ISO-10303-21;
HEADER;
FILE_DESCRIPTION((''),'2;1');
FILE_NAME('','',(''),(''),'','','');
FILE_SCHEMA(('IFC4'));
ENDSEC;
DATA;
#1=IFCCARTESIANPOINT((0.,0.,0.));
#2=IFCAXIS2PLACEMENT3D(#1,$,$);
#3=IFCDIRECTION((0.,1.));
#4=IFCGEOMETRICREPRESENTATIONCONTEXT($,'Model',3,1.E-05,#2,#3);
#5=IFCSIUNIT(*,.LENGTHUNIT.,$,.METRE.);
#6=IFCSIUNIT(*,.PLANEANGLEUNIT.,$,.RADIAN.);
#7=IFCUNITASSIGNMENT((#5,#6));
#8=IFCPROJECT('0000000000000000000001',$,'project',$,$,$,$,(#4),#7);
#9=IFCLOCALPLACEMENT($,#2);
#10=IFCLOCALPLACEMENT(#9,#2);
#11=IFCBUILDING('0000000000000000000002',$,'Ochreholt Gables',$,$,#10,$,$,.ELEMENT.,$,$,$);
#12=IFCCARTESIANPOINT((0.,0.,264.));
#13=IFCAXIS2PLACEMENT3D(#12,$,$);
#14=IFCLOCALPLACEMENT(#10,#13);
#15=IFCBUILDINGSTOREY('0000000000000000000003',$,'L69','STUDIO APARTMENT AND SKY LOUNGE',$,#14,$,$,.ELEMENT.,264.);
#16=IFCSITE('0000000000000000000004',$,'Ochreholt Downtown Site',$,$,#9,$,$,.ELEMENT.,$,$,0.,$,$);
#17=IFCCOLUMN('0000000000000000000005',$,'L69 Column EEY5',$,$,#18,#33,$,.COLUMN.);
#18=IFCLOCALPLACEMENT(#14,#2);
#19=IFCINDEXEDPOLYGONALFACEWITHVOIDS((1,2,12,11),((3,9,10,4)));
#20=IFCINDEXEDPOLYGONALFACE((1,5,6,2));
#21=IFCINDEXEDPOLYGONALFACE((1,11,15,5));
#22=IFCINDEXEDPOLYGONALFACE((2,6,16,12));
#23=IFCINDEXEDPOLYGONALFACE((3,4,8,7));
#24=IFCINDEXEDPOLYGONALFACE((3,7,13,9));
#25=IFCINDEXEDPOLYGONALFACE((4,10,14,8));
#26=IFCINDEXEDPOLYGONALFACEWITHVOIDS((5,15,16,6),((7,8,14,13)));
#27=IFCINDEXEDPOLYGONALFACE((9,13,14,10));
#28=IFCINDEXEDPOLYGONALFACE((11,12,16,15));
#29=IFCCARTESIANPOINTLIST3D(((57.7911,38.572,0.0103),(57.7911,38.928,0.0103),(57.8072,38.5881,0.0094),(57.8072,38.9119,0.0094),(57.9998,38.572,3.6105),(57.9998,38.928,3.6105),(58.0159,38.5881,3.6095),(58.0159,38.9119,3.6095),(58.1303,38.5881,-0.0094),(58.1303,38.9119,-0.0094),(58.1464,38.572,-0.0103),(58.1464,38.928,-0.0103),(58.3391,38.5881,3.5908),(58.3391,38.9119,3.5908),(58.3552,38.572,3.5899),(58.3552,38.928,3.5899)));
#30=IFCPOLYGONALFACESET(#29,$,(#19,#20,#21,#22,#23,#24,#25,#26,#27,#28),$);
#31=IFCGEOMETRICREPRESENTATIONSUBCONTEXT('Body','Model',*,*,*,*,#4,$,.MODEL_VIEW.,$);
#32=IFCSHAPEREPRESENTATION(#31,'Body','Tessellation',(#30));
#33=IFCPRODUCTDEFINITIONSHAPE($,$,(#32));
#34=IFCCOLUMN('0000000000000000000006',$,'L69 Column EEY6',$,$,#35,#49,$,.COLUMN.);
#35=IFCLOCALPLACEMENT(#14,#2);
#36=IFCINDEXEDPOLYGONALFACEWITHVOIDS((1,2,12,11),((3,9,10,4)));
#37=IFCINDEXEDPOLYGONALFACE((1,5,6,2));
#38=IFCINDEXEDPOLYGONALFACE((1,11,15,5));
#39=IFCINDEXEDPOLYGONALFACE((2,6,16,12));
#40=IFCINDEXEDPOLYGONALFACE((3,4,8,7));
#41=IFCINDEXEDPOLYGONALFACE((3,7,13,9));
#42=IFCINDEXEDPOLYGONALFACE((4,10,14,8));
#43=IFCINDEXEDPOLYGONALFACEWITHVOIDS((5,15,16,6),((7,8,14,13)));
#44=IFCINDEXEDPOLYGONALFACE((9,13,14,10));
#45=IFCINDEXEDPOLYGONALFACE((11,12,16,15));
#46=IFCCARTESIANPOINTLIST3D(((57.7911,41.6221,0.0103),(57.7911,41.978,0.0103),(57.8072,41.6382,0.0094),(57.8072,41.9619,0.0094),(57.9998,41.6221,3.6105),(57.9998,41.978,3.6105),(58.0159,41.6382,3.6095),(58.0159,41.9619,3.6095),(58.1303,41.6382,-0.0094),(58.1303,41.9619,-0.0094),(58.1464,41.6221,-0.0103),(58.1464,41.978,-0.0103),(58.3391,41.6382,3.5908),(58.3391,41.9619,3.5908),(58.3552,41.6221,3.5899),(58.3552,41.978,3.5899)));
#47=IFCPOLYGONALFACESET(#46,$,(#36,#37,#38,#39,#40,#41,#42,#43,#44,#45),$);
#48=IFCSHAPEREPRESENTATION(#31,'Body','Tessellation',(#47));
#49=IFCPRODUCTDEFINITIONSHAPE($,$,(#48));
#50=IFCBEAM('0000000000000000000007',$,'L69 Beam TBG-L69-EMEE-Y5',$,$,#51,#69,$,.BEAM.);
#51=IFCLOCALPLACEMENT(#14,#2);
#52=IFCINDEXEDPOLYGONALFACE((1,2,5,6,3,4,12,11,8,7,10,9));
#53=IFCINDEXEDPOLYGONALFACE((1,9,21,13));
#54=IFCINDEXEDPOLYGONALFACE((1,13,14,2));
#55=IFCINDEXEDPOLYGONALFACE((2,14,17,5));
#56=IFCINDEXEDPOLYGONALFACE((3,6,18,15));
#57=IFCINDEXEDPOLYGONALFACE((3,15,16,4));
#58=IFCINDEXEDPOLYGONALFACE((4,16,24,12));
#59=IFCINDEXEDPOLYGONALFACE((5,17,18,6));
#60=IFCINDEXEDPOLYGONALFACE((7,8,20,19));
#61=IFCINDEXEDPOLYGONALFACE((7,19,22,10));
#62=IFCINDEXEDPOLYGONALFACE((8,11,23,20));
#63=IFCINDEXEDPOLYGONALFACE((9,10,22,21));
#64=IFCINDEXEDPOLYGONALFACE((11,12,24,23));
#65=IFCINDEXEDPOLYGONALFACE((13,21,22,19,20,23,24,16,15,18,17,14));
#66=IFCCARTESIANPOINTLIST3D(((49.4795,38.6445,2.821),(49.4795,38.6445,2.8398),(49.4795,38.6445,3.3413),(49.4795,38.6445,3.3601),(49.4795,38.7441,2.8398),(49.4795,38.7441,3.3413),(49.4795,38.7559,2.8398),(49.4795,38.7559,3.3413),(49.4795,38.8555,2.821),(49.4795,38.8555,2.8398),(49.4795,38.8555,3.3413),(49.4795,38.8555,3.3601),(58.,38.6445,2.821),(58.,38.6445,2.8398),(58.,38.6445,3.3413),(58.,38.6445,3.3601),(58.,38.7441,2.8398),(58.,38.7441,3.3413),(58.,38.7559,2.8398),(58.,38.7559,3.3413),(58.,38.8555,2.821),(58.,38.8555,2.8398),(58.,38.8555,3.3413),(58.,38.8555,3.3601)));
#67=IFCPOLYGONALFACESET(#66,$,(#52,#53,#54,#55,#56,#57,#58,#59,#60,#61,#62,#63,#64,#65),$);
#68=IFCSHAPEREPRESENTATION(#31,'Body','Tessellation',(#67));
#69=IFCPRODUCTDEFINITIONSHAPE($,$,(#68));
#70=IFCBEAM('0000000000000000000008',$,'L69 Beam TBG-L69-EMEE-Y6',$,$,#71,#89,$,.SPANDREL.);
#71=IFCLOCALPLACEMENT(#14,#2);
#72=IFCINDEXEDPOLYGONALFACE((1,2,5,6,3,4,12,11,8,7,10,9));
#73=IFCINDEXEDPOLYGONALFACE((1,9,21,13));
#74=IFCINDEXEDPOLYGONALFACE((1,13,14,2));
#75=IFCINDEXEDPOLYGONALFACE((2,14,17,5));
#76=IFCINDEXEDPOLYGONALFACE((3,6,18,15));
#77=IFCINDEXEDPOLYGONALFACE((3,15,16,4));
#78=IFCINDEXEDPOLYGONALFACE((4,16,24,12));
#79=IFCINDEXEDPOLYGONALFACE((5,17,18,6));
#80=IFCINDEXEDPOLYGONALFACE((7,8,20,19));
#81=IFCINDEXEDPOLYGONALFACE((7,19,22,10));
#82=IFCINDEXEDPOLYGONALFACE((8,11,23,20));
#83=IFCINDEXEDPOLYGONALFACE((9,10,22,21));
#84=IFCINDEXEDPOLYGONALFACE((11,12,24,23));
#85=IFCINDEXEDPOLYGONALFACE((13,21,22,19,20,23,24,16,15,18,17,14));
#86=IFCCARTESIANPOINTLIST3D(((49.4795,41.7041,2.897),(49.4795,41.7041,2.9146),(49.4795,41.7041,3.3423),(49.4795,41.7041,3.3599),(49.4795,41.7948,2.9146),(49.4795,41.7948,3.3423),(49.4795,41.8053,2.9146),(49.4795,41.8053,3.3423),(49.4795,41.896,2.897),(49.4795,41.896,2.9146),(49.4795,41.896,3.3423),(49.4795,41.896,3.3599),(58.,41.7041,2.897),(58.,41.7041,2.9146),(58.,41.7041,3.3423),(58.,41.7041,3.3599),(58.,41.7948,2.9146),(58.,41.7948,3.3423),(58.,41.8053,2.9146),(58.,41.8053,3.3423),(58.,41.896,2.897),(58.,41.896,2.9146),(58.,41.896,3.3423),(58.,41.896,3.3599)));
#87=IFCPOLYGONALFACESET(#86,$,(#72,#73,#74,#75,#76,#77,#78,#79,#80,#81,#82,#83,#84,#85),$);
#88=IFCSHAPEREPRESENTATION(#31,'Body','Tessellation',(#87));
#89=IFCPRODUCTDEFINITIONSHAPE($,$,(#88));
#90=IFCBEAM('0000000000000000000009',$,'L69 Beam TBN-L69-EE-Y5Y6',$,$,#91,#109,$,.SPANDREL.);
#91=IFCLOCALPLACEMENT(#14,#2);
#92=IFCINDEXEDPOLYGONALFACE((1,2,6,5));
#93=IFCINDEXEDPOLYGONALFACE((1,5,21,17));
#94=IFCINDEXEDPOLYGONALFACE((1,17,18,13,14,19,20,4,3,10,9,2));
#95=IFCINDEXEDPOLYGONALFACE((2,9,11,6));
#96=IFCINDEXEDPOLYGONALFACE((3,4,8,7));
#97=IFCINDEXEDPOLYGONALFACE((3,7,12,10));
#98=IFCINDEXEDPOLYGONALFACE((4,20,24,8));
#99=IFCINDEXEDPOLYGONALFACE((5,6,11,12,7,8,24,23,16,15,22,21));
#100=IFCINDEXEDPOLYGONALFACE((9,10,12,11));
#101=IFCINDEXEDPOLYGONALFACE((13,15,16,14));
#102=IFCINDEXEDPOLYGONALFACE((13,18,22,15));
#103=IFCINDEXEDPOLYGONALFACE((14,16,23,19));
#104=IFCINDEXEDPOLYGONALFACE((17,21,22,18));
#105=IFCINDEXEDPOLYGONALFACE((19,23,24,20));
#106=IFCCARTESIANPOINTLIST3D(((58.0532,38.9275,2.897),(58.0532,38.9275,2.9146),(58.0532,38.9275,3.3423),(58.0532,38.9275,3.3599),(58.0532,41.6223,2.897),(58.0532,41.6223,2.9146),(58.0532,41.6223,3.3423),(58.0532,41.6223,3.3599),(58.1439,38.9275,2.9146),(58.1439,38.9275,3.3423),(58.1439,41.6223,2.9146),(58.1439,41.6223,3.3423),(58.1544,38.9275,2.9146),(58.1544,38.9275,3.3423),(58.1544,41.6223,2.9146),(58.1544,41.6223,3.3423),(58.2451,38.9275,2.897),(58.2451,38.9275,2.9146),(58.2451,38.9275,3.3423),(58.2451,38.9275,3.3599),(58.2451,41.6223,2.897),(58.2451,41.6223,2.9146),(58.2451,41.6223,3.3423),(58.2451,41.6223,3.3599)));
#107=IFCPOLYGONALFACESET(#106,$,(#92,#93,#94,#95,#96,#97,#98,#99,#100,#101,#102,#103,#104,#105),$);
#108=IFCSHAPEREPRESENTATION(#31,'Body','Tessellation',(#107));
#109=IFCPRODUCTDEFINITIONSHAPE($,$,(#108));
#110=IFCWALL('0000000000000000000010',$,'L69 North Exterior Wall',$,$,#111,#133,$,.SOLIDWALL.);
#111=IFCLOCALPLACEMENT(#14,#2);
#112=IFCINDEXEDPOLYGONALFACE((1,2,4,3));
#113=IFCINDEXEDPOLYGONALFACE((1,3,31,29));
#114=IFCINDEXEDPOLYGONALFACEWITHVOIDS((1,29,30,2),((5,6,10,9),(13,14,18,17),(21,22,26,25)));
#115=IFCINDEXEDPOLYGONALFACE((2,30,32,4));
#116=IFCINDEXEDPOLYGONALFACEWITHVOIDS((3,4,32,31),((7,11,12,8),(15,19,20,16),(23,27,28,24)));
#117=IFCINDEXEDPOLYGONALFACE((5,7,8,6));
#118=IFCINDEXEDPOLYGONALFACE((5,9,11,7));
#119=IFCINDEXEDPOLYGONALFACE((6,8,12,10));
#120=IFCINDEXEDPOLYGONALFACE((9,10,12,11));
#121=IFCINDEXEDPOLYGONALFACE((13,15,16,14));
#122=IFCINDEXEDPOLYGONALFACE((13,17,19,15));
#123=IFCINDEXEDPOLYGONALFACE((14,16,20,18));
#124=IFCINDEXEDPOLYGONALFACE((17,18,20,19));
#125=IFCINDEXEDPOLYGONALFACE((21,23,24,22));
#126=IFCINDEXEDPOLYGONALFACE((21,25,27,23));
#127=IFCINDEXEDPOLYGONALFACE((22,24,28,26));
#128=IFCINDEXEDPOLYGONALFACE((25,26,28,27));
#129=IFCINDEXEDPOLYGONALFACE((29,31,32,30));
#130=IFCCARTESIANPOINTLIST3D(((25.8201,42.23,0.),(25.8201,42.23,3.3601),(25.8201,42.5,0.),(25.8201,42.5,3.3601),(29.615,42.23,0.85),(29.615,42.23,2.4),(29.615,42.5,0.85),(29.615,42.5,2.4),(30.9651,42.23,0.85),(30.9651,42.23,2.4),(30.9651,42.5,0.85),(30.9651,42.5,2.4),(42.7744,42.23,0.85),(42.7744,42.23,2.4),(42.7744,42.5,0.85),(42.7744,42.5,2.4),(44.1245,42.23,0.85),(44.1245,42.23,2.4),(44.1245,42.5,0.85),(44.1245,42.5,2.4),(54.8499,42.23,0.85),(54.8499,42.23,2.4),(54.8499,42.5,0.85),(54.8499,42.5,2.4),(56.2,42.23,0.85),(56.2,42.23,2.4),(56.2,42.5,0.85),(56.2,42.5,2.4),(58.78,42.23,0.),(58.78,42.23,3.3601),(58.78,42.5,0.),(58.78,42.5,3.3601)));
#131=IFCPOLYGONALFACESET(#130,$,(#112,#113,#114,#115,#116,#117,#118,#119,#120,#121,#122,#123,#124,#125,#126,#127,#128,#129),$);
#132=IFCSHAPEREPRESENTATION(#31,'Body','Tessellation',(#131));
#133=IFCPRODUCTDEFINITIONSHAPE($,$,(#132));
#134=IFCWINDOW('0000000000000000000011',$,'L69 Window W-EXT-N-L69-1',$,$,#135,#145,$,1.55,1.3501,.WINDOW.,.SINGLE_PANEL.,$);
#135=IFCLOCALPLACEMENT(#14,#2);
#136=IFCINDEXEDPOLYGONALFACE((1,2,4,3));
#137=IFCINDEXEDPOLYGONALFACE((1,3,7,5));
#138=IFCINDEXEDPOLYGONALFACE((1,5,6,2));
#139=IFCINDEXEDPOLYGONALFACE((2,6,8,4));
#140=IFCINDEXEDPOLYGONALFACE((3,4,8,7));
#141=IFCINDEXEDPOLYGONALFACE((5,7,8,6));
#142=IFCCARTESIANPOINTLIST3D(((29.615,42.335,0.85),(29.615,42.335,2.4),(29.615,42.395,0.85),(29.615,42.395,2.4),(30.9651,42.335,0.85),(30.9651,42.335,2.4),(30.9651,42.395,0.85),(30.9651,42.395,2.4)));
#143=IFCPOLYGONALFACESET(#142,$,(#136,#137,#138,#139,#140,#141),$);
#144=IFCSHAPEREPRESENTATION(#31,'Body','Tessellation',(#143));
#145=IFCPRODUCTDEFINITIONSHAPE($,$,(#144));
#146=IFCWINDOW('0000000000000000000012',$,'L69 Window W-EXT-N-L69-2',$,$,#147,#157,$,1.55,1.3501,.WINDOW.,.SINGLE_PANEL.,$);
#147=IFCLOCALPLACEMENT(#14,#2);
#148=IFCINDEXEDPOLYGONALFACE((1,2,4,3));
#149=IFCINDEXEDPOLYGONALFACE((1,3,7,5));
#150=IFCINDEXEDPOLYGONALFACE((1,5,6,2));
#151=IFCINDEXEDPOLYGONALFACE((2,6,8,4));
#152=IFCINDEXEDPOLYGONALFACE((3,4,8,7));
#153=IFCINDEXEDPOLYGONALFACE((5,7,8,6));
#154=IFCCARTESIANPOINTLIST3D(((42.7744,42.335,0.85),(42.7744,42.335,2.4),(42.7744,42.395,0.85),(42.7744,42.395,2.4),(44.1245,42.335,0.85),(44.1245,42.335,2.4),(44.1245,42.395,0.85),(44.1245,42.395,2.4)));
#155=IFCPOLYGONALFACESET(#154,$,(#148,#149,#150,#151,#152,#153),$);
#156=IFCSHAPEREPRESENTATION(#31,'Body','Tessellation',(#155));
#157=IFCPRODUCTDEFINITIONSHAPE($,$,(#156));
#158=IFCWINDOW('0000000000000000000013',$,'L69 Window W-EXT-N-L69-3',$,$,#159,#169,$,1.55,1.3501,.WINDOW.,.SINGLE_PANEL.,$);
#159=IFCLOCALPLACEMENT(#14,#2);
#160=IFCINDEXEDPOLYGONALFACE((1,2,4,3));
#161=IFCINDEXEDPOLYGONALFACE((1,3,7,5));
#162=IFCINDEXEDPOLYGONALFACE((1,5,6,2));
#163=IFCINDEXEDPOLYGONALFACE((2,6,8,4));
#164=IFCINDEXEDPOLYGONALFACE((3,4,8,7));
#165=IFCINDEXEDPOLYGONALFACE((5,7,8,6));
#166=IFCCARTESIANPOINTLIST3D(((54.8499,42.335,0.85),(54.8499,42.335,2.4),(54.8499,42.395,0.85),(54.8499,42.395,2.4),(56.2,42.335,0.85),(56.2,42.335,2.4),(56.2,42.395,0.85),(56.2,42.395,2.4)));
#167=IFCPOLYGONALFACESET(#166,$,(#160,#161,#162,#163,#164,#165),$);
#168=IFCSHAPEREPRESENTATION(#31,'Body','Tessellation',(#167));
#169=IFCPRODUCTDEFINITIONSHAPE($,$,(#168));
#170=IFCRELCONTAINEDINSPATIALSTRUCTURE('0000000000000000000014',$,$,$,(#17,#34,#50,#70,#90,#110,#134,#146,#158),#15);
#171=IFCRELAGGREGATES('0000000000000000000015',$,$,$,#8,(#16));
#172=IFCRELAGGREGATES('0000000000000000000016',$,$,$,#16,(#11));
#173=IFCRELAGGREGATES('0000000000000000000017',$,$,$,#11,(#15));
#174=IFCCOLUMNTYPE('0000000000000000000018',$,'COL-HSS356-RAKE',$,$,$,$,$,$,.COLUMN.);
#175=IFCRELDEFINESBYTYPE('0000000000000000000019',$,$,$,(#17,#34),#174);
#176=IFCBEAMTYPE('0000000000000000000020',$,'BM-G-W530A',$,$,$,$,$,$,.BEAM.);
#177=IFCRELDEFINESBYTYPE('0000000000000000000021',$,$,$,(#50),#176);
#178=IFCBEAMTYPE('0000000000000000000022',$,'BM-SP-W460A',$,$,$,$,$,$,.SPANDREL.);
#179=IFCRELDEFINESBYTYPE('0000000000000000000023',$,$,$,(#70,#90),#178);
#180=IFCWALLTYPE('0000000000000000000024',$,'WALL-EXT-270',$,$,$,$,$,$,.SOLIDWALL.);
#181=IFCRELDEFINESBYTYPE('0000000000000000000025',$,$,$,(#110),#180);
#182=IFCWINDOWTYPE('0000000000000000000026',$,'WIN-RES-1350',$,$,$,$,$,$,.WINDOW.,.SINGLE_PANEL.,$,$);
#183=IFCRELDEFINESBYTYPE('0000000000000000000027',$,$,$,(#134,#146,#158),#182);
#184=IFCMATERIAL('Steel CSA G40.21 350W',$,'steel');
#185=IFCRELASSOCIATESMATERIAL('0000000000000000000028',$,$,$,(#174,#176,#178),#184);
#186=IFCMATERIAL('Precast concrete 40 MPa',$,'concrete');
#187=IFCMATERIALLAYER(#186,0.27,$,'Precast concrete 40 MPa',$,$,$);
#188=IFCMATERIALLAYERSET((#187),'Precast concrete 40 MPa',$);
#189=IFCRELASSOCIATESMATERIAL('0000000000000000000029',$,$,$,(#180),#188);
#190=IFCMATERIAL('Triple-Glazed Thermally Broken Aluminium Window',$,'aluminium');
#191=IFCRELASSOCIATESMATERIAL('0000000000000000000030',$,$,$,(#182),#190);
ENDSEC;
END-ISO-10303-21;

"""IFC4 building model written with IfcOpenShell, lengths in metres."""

from ifc_helpers import new_model, si_unit, direction, frame, frame_2d, origin, origin_2d, place, context, subcontext, project, spatial, rectangle, hollow_rectangle, i_section, extrude, material, layer, layer_set, material_profile, profile_set, type_object, element, fill, save


model = new_model("IFC4")

# Units and contexts
model_context = context("Model", 3, precision=1e-05, world=origin(), true_north=direction((0.0, 1.0)))
body_context = subcontext(model_context, "Body", "Model", "MODEL_VIEW")
ifc_project = project(units=[si_unit("LENGTHUNIT", "METRE"), si_unit("PLANEANGLEUNIT", "RADIAN")], contexts=[model_context])

# Site, building, storey
site_placement = place(None, origin())
site = spatial("IfcSite", under=ifc_project, at=site_placement, Name="Ochreholt Downtown Site", CompositionType="ELEMENT", RefElevation=0.0)
building_placement = place(site_placement, origin())
building = spatial("IfcBuilding", under=site, at=building_placement, Name="Ochreholt Gables", CompositionType="ELEMENT")
storey_placement = place(building_placement, frame((0.0, 0.0, 264.0)))
storey = spatial("IfcBuildingStorey", under=building, at=storey_placement, Name="L69", Description="STUDIO APARTMENT AND SKY LOUNGE", CompositionType="ELEMENT", Elevation=264.0)

# Columns
ifc_material_1 = material(Name="Steel CSA G40.21 350W", Category="steel")
ifc_material_profile_1 = material_profile(ifc_material_1, hollow_rectangle(XDim=0.356, YDim=0.356, WallThickness=0.0161, at=origin_2d()), Name="HSS356X356X16")
ifc_profile_set_1 = profile_set([ifc_material_profile_1], Name="Steel CSA G40.21 350W")
column_type = type_object("IfcColumnType", Name="COL-HSS356-RAKE", PredefinedType="COLUMN", material=ifc_profile_set_1)
for number, where, z_axis, x_axis, name in (
    (1, (57.9688, 38.75, 0.0), (0.057885, 0.0, 0.998323), (0.0, 1.0, 0.0), "L69 Column EEY5"),
    (2, (57.9688, 41.8, 0.0), (0.057885, 0.0, 0.998323), (0.0, 1.0, 0.0), "L69 Column EEY6"),
):
    element("IfcColumn", number, at=place(storey_placement, frame(where, z_axis=z_axis, x_axis=x_axis)), inside=storey, type_object=column_type, Name=name, PredefinedType="COLUMN", context=body_context, shape_type="SweptSolid", body=[
        extrude(hollow_rectangle(XDim=0.356, YDim=0.356, WallThickness=0.0161, at=origin_2d()), origin(), (0.0, 0.0, 1.0), 3.6062),
    ])

# Beams
ifc_material_profile_2 = material_profile(ifc_material_1, i_section(OverallWidth=0.2109, OverallDepth=0.5391, WebThickness=0.0117, FlangeThickness=0.0188, at=origin_2d()), Name="W530X109")
ifc_profile_set_2 = profile_set([ifc_material_profile_2], Name="Steel CSA G40.21 350W")
beam_type_1 = type_object("IfcBeamType", Name="BM-G-W530A", PredefinedType="BEAM", material=ifc_profile_set_2)
beam_1_placement = place(storey_placement, frame((49.4795, 38.75, 3.0906), z_axis=(1.0, 0.0, 0.0), x_axis=(0.0, 1.0, 0.0)))
element("IfcBeam", 3, at=beam_1_placement, inside=storey, type_object=beam_type_1, Name="L69 Beam TBG-L69-EMEE-Y5", PredefinedType="BEAM", context=body_context, shape_type="SweptSolid", body=[
    extrude(i_section(OverallWidth=0.2109, OverallDepth=0.5391, WebThickness=0.0117, FlangeThickness=0.0188, at=origin_2d()), origin(), (0.0, 0.0, 1.0), 8.5205),
])
ifc_material_profile_3 = material_profile(ifc_material_1, i_section(OverallWidth=0.1919, OverallDepth=0.4629, WebThickness=0.0105, FlangeThickness=0.0176, at=origin_2d()), Name="W460X89")
ifc_profile_set_3 = profile_set([ifc_material_profile_3], Name="Steel CSA G40.21 350W")
beam_type_2 = type_object("IfcBeamType", Name="BM-SP-W460A", PredefinedType="SPANDREL", material=ifc_profile_set_3)
beam_2_placement = place(storey_placement, frame((49.4795, 41.8, 3.1284), z_axis=(1.0, 0.0, 0.0), x_axis=(0.0, 1.0, 0.0)))
element("IfcBeam", 4, at=beam_2_placement, inside=storey, type_object=beam_type_2, Name="L69 Beam TBG-L69-EMEE-Y6", PredefinedType="SPANDREL", context=body_context, shape_type="SweptSolid", body=[
    extrude(i_section(OverallWidth=0.1919, OverallDepth=0.4629, WebThickness=0.0105, FlangeThickness=0.0176, at=origin_2d()), origin(), (0.0, 0.0, 1.0), 8.5205),
])
beam_3_placement = place(storey_placement, frame((58.1492, 38.9275, 3.1284), z_axis=(0.0, 1.0, 0.0), x_axis=(-1.0, 0.0, 0.0)))
element("IfcBeam", 5, at=beam_3_placement, inside=storey, type_object=beam_type_2, Name="L69 Beam TBN-L69-EE-Y5Y6", PredefinedType="SPANDREL", context=body_context, shape_type="SweptSolid", body=[
    extrude(i_section(OverallWidth=0.1919, OverallDepth=0.4629, WebThickness=0.0105, FlangeThickness=0.0176, at=origin_2d()), origin(), (0.0, 0.0, 1.0), 2.6948),
])

# Wall, openings, windows
ifc_material_2 = material(Name="Precast concrete 40 MPa", Category="concrete")
ifc_layer_1 = layer(ifc_material_2, 0.27, Name="Precast concrete 40 MPa")
ifc_layer_set_1 = layer_set([ifc_layer_1], Name="Precast concrete 40 MPa")
wall_type_1 = type_object("IfcWallType", Name="WALL-EXT-270", PredefinedType="SOLIDWALL", material=ifc_layer_set_1)
wall_1_placement = place(storey_placement, frame((58.78, 42.365, 0.0), z_axis=(0.0, 0.0, 1.0), x_axis=(-1.0, 0.0, 0.0)))
wall_1 = element("IfcWall", 6, at=wall_1_placement, inside=storey, type_object=wall_type_1, Name="L69 North Exterior Wall", PredefinedType="SOLIDWALL", context=body_context, shape_type="SweptSolid", body=[
    extrude(rectangle(XDim=32.96, YDim=0.27, at=frame_2d((16.48, 0.0))), origin(), (0.0, 0.0, 1.0), 3.3601),
])
opening_1_placement = place(wall_1_placement, frame((27.8149, 0.0, 0.8501)))
opening_1 = element("IfcOpeningElement", 7, at=opening_1_placement, cuts=wall_1, PredefinedType="OPENING", context=body_context, shape_type="SweptSolid", body=[
    extrude(rectangle(XDim=1.3501, YDim=1.55, at=frame_2d((0.675, 0.7749))), frame((0.0, 0.145, 0.0), z_axis=(0.0, -1.0, 0.0), x_axis=(1.0, 0.0, 0.0)), (0.0, 0.0, 1.0), 0.29),
])
opening_2_placement = place(wall_1_placement, frame((14.6555, 0.0, 0.8501)))
opening_2 = element("IfcOpeningElement", 8, at=opening_2_placement, cuts=wall_1, PredefinedType="OPENING", context=body_context, shape_type="SweptSolid", body=[
    extrude(rectangle(XDim=1.3501, YDim=1.55, at=frame_2d((0.675, 0.7749))), frame((0.0, 0.145, 0.0), z_axis=(0.0, -1.0, 0.0), x_axis=(1.0, 0.0, 0.0)), (0.0, 0.0, 1.0), 0.29),
])
opening_3_placement = place(wall_1_placement, frame((2.5801, 0.0, 0.8501)))
opening_3 = element("IfcOpeningElement", 9, at=opening_3_placement, cuts=wall_1, PredefinedType="OPENING", context=body_context, shape_type="SweptSolid", body=[
    extrude(rectangle(XDim=1.3501, YDim=1.55, at=frame_2d((0.675, 0.7749))), frame((0.0, 0.145, 0.0), z_axis=(0.0, -1.0, 0.0), x_axis=(1.0, 0.0, 0.0)), (0.0, 0.0, 1.0), 0.29),
])
ifc_material_3 = material(Name="Triple-Glazed Thermally Broken Aluminium Window", Category="aluminium")
window_type_1 = type_object("IfcWindowType", Name="WIN-RES-1350", PartitioningType="SINGLE_PANEL", PredefinedType="WINDOW", material=ifc_material_3)
window_1_placement = place(opening_1_placement, origin())
window_1 = element("IfcWindow", 10, at=window_1_placement, inside=storey, type_object=window_type_1, Name="L69 Window W-EXT-N-L69-1", OverallHeight=1.55, OverallWidth=1.3501, PartitioningType="SINGLE_PANEL", PredefinedType="WINDOW", context=body_context, shape_type="SweptSolid", body=[
    extrude(rectangle(XDim=1.3501, YDim=1.55, at=frame_2d((0.675, 0.7749))), frame((0.0, 0.03, 0.0), z_axis=(0.0, -1.0, 0.0), x_axis=(1.0, 0.0, 0.0)), (0.0, 0.0, 1.0), 0.0601),
])
fill(opening_1, window_1)
window_2_placement = place(opening_2_placement, origin())
window_2 = element("IfcWindow", 11, at=window_2_placement, inside=storey, type_object=window_type_1, Name="L69 Window W-EXT-N-L69-2", OverallHeight=1.55, OverallWidth=1.3501, PartitioningType="SINGLE_PANEL", PredefinedType="WINDOW", context=body_context, shape_type="SweptSolid", body=[
    extrude(rectangle(XDim=1.3501, YDim=1.55, at=frame_2d((0.675, 0.7749))), frame((0.0, 0.03, 0.0), z_axis=(0.0, -1.0, 0.0), x_axis=(1.0, 0.0, 0.0)), (0.0, 0.0, 1.0), 0.0601),
])
fill(opening_2, window_2)
window_3_placement = place(opening_3_placement, origin())
window_3 = element("IfcWindow", 12, at=window_3_placement, inside=storey, type_object=window_type_1, Name="L69 Window W-EXT-N-L69-3", OverallHeight=1.55, OverallWidth=1.3501, PartitioningType="SINGLE_PANEL", PredefinedType="WINDOW", context=body_context, shape_type="SweptSolid", body=[
    extrude(rectangle(XDim=1.3501, YDim=1.55, at=frame_2d((0.675, 0.7749))), frame((0.0, 0.03, 0.0), z_axis=(0.0, -1.0, 0.0), x_axis=(1.0, 0.0, 0.0)), (0.0, 0.0, 1.0), 0.0601),
])
fill(opening_3, window_3)

save(model, "model.ifc")
